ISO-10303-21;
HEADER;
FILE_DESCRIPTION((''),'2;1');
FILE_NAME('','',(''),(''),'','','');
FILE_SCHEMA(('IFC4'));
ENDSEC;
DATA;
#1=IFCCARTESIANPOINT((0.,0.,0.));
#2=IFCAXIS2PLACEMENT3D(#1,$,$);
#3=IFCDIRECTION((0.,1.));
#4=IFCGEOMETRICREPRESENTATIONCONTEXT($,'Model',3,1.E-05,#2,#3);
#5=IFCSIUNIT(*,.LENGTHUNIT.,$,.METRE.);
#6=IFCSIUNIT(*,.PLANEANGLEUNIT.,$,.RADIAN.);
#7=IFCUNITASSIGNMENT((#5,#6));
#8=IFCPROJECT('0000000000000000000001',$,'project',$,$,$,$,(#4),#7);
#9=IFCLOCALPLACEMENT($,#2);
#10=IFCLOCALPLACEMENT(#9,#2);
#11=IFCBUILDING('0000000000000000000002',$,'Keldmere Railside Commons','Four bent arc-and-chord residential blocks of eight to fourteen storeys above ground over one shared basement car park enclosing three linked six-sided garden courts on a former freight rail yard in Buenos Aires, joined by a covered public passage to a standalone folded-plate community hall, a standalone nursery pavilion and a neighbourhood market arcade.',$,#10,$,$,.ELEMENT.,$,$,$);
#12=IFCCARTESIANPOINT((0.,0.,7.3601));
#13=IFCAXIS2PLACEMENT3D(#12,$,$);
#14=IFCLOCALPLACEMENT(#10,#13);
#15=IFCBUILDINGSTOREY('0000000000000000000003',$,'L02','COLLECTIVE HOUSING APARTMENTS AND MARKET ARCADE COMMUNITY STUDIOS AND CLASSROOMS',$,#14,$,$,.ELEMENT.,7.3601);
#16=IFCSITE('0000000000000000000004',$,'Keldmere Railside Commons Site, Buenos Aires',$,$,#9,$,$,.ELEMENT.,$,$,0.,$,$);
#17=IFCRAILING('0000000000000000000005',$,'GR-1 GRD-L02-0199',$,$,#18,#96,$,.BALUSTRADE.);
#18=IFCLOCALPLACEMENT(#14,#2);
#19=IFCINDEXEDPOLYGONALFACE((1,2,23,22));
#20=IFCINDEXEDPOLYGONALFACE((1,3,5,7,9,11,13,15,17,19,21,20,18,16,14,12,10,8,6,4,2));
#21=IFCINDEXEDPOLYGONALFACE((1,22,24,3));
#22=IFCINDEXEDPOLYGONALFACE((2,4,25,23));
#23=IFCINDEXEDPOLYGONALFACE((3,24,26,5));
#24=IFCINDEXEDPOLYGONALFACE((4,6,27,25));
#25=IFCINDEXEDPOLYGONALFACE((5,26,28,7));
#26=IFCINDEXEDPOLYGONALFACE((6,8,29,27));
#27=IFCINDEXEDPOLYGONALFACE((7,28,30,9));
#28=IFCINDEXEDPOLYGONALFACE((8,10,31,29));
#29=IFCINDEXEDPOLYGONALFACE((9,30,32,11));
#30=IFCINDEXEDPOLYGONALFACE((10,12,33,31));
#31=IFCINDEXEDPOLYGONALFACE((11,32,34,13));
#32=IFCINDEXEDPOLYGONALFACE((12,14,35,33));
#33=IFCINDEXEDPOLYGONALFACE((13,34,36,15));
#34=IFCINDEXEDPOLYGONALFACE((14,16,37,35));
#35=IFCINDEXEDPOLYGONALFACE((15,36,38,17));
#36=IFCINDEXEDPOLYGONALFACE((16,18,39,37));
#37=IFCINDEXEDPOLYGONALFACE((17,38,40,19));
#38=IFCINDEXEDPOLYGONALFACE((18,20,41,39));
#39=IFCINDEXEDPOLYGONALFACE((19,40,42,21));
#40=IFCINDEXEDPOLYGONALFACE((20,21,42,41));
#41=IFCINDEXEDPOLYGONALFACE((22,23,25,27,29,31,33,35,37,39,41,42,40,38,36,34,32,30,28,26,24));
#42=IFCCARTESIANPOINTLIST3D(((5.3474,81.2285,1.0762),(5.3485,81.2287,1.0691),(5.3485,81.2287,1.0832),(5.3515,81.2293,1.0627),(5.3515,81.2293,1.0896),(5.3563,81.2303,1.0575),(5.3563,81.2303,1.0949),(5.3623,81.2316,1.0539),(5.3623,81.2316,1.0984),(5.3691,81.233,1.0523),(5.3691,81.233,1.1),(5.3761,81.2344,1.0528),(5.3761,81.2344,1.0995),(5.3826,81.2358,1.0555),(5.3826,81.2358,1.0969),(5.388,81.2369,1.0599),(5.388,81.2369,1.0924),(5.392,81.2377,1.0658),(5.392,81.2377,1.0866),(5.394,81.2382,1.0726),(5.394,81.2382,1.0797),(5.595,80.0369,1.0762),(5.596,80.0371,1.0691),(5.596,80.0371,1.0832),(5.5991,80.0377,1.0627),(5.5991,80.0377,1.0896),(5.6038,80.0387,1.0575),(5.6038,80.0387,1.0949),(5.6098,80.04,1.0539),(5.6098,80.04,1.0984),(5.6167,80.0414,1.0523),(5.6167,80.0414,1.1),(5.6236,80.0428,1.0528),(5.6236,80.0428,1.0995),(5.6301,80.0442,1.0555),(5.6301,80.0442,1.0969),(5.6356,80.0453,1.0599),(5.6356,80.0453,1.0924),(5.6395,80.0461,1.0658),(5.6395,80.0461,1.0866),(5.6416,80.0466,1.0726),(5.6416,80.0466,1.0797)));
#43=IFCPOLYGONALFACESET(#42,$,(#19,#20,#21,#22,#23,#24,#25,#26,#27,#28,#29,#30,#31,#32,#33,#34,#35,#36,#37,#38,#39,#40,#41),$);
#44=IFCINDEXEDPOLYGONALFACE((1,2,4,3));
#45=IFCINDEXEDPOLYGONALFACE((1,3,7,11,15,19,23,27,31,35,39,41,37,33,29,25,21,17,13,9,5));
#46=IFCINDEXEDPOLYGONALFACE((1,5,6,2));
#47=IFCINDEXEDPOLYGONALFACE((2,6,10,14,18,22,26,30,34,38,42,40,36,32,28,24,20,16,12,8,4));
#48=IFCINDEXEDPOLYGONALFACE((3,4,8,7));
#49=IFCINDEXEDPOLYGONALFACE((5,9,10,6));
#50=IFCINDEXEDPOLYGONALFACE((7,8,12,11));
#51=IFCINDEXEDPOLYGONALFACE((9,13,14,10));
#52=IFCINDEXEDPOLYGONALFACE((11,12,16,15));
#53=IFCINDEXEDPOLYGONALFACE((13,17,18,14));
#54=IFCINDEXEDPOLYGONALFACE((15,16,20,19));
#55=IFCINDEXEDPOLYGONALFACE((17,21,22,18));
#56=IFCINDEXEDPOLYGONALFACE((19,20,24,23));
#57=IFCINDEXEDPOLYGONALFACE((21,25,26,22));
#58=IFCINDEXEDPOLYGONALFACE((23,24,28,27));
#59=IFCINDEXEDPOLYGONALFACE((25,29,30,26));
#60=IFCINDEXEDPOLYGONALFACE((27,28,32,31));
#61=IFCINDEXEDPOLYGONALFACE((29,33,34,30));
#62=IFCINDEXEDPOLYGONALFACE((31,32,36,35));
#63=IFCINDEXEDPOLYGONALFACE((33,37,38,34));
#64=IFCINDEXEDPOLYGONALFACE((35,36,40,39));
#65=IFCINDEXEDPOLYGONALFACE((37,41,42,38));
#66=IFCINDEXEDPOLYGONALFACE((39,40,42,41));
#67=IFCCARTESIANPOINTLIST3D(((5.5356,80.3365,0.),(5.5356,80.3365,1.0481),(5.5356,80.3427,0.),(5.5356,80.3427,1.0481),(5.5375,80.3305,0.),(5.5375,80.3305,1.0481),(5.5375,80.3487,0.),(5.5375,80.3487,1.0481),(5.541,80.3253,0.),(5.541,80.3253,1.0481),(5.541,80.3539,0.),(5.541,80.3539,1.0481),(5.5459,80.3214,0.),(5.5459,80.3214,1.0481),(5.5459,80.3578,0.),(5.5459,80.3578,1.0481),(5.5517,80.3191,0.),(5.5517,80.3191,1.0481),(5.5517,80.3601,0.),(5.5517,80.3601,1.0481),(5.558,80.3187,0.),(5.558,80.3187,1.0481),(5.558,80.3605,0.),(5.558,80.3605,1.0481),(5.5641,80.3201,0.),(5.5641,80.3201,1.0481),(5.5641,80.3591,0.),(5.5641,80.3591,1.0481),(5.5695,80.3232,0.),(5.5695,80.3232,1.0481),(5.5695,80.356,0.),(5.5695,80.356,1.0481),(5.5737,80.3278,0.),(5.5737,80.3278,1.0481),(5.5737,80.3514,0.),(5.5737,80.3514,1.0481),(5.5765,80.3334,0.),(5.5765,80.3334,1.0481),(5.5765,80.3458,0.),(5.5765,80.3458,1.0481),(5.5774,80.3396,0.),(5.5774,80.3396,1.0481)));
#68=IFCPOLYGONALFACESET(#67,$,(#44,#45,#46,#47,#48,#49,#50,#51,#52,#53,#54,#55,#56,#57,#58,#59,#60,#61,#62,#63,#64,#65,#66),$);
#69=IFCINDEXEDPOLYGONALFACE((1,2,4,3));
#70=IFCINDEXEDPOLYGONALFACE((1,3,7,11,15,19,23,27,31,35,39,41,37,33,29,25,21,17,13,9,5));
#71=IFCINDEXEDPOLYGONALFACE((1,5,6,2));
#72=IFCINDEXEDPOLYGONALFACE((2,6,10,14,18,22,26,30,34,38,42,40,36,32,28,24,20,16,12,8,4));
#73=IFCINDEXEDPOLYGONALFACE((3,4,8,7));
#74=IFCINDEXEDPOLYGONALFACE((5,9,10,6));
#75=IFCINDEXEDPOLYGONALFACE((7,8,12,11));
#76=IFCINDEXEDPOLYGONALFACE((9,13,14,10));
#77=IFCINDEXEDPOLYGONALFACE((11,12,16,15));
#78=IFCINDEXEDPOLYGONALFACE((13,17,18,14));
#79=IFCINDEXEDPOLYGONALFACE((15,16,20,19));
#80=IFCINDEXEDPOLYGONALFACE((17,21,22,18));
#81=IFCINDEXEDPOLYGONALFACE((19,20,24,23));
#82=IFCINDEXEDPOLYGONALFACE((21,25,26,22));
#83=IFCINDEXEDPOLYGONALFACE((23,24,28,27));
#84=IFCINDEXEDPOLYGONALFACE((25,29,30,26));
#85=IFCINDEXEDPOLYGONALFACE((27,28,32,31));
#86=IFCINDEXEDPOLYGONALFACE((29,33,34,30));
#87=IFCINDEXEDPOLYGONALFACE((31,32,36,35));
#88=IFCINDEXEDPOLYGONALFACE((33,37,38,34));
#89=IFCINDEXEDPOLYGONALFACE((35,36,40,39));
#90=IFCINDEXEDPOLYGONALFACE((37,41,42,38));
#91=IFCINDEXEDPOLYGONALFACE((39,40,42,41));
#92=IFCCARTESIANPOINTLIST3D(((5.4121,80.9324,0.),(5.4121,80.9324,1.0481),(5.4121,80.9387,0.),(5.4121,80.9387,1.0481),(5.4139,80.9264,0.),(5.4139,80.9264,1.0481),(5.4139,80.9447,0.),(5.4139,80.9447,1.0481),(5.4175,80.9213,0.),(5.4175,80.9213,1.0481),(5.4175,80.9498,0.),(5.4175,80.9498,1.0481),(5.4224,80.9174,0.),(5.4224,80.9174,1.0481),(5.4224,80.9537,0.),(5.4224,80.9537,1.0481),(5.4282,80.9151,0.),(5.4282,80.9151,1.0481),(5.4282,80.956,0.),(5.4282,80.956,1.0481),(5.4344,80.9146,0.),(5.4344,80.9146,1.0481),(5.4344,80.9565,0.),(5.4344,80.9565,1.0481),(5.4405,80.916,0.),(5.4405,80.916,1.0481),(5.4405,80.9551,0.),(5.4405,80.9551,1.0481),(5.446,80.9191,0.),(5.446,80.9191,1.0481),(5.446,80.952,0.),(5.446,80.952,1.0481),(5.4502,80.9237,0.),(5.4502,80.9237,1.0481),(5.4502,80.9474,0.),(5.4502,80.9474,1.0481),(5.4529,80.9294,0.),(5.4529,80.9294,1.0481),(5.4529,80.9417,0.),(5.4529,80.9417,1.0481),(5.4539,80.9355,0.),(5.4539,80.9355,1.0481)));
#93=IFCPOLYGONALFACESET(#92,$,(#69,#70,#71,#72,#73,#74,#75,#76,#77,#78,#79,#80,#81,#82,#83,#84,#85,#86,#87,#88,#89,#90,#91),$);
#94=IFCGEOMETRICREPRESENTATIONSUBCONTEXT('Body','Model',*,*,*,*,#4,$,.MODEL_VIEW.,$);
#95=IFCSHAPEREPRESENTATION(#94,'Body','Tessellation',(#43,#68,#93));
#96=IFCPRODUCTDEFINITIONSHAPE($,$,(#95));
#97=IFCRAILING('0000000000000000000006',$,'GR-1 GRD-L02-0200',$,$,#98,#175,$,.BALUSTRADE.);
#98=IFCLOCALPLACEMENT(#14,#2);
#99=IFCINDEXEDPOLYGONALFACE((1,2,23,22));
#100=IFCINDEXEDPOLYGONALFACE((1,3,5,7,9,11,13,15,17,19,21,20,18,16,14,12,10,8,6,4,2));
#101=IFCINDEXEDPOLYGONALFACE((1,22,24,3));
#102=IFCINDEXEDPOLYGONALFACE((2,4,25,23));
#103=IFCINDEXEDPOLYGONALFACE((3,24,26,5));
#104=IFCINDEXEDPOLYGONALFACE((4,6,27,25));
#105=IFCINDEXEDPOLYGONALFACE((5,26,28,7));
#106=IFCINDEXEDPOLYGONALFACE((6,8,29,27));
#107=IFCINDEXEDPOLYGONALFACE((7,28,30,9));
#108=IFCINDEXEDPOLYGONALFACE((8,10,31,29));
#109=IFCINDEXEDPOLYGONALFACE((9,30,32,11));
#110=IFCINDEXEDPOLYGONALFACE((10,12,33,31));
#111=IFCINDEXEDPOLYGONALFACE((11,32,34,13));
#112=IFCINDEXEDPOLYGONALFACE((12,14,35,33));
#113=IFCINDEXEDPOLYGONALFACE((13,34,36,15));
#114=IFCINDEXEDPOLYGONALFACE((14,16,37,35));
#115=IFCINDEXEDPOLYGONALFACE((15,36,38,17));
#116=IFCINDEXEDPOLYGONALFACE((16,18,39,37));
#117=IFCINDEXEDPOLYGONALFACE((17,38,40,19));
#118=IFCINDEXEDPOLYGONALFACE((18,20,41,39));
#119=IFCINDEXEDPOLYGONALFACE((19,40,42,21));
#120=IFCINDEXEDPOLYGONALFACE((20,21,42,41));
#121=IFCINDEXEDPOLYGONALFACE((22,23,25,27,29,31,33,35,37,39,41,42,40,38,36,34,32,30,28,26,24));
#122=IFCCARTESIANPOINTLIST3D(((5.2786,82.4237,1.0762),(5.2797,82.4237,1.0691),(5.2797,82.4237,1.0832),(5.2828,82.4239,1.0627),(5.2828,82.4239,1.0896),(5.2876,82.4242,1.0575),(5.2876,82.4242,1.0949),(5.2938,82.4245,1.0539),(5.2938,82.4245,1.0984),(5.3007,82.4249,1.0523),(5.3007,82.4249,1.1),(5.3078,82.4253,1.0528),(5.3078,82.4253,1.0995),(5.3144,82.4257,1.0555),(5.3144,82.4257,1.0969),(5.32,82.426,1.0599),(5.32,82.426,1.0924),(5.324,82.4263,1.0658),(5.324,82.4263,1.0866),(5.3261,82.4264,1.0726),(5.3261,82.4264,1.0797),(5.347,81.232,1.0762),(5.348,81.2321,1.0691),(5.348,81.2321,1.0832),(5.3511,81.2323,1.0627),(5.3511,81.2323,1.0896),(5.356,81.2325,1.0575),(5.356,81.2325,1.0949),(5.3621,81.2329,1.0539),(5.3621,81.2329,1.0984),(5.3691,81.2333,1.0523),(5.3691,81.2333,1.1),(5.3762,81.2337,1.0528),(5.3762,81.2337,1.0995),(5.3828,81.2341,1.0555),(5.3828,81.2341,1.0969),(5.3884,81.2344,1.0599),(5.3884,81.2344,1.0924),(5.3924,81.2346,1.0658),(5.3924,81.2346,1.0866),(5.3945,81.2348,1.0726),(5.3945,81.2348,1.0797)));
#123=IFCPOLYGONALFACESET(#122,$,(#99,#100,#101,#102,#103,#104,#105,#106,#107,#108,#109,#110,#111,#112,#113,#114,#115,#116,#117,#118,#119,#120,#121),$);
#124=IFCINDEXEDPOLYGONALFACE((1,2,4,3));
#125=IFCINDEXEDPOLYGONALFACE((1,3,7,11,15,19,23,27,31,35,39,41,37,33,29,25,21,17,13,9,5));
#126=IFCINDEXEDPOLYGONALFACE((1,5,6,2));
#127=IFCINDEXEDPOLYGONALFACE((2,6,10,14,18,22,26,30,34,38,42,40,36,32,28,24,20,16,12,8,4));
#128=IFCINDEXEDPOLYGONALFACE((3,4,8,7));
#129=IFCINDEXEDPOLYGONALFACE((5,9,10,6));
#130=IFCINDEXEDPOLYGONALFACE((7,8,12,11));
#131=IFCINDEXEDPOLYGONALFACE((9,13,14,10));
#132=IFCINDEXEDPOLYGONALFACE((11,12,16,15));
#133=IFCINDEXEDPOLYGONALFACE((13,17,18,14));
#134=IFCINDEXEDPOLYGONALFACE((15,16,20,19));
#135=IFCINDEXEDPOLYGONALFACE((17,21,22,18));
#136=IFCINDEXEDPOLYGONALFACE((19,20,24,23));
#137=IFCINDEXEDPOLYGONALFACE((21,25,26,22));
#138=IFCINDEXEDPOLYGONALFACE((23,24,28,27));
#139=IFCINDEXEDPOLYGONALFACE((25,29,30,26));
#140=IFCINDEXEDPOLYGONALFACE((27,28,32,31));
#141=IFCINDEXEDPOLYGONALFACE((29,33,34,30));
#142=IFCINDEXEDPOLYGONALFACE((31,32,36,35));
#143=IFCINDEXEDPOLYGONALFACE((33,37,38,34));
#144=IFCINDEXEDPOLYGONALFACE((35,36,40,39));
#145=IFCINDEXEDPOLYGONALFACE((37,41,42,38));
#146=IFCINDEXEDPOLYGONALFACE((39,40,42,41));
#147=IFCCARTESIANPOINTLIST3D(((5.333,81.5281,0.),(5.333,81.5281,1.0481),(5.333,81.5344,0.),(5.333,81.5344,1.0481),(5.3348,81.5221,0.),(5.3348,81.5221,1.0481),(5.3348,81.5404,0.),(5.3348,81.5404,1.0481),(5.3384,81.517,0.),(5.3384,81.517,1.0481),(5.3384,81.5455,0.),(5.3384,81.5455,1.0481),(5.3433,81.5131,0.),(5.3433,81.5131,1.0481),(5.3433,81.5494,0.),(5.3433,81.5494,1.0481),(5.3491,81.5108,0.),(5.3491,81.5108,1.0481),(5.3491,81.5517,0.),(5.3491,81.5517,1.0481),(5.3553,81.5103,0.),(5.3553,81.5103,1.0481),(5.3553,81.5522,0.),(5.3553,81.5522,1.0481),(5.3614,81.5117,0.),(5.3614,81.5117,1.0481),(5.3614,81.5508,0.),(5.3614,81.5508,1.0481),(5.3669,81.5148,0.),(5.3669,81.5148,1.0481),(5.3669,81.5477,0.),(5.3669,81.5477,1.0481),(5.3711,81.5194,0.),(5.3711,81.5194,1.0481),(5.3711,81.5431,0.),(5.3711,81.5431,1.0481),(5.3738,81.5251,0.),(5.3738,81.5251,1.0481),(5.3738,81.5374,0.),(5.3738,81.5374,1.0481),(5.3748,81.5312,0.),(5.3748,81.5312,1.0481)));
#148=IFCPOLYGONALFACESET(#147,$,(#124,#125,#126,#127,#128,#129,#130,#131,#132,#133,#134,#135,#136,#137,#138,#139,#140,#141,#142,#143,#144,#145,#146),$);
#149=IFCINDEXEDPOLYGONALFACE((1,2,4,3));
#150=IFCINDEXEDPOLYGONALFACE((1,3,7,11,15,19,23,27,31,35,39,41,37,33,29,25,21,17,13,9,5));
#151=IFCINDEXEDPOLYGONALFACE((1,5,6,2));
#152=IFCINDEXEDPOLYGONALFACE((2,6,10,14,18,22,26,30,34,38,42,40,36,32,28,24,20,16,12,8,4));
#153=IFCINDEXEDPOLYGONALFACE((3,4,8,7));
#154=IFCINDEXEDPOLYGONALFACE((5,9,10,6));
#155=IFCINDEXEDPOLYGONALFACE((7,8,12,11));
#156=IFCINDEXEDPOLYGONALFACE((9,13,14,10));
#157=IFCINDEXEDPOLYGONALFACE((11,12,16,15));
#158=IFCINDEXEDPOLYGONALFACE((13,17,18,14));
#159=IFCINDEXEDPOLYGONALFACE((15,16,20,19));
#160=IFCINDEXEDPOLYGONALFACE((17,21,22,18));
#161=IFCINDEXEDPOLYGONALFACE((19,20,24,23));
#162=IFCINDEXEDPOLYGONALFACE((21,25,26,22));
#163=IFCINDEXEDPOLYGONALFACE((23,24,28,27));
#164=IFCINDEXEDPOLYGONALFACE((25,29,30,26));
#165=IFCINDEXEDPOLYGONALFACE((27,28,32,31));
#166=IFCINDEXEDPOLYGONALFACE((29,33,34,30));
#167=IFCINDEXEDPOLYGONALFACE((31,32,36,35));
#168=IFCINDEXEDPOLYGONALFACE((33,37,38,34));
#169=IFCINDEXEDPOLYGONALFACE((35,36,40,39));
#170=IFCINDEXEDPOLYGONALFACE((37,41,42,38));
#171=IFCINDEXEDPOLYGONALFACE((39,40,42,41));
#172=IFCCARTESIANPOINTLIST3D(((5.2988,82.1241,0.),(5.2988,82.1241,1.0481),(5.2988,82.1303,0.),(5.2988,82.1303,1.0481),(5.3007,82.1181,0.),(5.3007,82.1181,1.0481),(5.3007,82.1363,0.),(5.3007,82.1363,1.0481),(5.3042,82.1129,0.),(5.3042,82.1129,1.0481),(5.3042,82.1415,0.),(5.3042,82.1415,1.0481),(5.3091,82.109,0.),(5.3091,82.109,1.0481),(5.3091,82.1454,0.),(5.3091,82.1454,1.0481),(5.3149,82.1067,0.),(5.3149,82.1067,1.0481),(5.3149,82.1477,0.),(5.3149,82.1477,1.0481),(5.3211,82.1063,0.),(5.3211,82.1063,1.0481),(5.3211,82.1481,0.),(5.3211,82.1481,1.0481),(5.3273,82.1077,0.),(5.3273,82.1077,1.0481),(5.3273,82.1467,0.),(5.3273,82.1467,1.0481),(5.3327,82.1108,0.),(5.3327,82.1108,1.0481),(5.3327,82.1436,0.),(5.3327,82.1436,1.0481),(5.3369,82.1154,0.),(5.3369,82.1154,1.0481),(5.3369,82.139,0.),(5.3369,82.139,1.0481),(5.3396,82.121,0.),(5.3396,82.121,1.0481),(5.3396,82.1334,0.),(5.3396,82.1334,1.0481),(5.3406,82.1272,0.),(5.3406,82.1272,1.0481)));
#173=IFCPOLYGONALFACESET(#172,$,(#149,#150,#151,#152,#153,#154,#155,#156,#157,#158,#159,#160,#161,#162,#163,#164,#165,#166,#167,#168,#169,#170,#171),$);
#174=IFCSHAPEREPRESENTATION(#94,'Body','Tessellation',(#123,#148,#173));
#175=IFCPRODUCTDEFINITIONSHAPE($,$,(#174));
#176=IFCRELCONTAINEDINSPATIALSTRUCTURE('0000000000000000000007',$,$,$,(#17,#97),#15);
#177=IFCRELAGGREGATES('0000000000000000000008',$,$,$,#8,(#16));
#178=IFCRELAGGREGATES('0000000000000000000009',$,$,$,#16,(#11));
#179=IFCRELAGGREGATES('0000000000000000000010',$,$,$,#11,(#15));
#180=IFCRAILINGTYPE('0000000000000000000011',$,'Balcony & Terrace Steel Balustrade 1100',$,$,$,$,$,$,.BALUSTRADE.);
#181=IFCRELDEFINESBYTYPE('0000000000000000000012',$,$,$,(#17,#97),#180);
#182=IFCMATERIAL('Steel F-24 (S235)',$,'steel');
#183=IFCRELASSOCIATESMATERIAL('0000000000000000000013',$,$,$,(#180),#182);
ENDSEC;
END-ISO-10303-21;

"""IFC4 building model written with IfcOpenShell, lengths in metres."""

from ifc_helpers import new_model, si_unit, direction, frame, origin, origin_2d, place, context, subcontext, project, spatial, circle, extrude, material, type_object, element, save


model = new_model("IFC4")

# Units and contexts
model_context = context("Model", 3, precision=1e-05, world=origin(), true_north=direction((0.0, 1.0)))
body_context = subcontext(model_context, "Body", "Model", "MODEL_VIEW")
ifc_project = project(units=[si_unit("LENGTHUNIT", "METRE"), si_unit("PLANEANGLEUNIT", "RADIAN")], contexts=[model_context])

# Site, building, storey
site_placement = place(None, origin())
site = spatial("IfcSite", under=ifc_project, at=site_placement, Name="Keldmere Railside Commons Site, Buenos Aires", CompositionType="ELEMENT", RefElevation=0.0)
building_placement = place(site_placement, origin())
building = spatial("IfcBuilding", under=site, at=building_placement, Name="Keldmere Railside Commons", Description="Four bent arc-and-chord residential blocks of eight to fourteen storeys above ground over one shared basement car park enclosing three linked six-sided garden courts on a former freight rail yard in Buenos Aires, joined by a covered public passage to a standalone folded-plate community hall, a standalone nursery pavilion and a neighbourhood market arcade.", CompositionType="ELEMENT")
storey_placement = place(building_placement, frame((0.0, 0.0, 7.3601)))
storey = spatial("IfcBuildingStorey", under=building, at=storey_placement, Name="L02", Description="COLLECTIVE HOUSING APARTMENTS AND MARKET ARCADE COMMUNITY STUDIOS AND CLASSROOMS", CompositionType="ELEMENT", Elevation=7.3601)

# Shared definitions
ifc_material_1 = material(Name="Steel F-24 (S235)", Category="steel")

# Railings
railing_type_1 = type_object("IfcRailingType", Name="Balcony & Terrace Steel Balustrade 1100", PredefinedType="BALUSTRADE", material=ifc_material_1)
railing_1_placement = place(storey_placement, frame((5.6184, 80.0417, 0.0)))
element("IfcRailing", 1, at=railing_1_placement, inside=storey, type_object=railing_type_1, Name="GR-1 GRD-L02-0199", PredefinedType="BALUSTRADE", context=body_context, shape_type="SweptSolid", body=[
    extrude(circle(Radius=0.0239, at=origin_2d()), frame((0.0, 0.0, 1.0762), z_axis=(-0.203402, 0.979095, 0.0), x_axis=(-0.979095, -0.203402, 0.0)), (0.0, 0.0, 1.0), 1.217),
    extrude(circle(Radius=0.021, at=origin_2d()), frame((-0.062, 0.2979, 0.0)), (0.0, 0.0, 1.0), 1.0481),
    extrude(circle(Radius=0.021, at=origin_2d()), frame((-0.1855, 0.8938, 0.0)), (0.0, 0.0, 1.0), 1.0481),
])
railing_2_placement = place(storey_placement, frame((5.3708, 81.2334, 0.0)))
element("IfcRailing", 2, at=railing_2_placement, inside=storey, type_object=railing_type_1, Name="GR-1 GRD-L02-0200", PredefinedType="BALUSTRADE", context=body_context, shape_type="SweptSolid", body=[
    extrude(circle(Radius=0.0239, at=origin_2d()), frame((0.0, 0.0, 1.0762), z_axis=(-0.057271, 0.998359, 0.0), x_axis=(-0.998359, -0.057271, 0.0)), (0.0, 0.0, 1.0), 1.1936),
    extrude(circle(Radius=0.021, at=origin_2d()), frame((-0.0171, 0.2979, 0.0)), (0.0, 0.0, 1.0), 1.0481),
    extrude(circle(Radius=0.021, at=origin_2d()), frame((-0.0513, 0.8938, 0.0)), (0.0, 0.0, 1.0), 1.0481),
])

save(model, "model.ifc")
